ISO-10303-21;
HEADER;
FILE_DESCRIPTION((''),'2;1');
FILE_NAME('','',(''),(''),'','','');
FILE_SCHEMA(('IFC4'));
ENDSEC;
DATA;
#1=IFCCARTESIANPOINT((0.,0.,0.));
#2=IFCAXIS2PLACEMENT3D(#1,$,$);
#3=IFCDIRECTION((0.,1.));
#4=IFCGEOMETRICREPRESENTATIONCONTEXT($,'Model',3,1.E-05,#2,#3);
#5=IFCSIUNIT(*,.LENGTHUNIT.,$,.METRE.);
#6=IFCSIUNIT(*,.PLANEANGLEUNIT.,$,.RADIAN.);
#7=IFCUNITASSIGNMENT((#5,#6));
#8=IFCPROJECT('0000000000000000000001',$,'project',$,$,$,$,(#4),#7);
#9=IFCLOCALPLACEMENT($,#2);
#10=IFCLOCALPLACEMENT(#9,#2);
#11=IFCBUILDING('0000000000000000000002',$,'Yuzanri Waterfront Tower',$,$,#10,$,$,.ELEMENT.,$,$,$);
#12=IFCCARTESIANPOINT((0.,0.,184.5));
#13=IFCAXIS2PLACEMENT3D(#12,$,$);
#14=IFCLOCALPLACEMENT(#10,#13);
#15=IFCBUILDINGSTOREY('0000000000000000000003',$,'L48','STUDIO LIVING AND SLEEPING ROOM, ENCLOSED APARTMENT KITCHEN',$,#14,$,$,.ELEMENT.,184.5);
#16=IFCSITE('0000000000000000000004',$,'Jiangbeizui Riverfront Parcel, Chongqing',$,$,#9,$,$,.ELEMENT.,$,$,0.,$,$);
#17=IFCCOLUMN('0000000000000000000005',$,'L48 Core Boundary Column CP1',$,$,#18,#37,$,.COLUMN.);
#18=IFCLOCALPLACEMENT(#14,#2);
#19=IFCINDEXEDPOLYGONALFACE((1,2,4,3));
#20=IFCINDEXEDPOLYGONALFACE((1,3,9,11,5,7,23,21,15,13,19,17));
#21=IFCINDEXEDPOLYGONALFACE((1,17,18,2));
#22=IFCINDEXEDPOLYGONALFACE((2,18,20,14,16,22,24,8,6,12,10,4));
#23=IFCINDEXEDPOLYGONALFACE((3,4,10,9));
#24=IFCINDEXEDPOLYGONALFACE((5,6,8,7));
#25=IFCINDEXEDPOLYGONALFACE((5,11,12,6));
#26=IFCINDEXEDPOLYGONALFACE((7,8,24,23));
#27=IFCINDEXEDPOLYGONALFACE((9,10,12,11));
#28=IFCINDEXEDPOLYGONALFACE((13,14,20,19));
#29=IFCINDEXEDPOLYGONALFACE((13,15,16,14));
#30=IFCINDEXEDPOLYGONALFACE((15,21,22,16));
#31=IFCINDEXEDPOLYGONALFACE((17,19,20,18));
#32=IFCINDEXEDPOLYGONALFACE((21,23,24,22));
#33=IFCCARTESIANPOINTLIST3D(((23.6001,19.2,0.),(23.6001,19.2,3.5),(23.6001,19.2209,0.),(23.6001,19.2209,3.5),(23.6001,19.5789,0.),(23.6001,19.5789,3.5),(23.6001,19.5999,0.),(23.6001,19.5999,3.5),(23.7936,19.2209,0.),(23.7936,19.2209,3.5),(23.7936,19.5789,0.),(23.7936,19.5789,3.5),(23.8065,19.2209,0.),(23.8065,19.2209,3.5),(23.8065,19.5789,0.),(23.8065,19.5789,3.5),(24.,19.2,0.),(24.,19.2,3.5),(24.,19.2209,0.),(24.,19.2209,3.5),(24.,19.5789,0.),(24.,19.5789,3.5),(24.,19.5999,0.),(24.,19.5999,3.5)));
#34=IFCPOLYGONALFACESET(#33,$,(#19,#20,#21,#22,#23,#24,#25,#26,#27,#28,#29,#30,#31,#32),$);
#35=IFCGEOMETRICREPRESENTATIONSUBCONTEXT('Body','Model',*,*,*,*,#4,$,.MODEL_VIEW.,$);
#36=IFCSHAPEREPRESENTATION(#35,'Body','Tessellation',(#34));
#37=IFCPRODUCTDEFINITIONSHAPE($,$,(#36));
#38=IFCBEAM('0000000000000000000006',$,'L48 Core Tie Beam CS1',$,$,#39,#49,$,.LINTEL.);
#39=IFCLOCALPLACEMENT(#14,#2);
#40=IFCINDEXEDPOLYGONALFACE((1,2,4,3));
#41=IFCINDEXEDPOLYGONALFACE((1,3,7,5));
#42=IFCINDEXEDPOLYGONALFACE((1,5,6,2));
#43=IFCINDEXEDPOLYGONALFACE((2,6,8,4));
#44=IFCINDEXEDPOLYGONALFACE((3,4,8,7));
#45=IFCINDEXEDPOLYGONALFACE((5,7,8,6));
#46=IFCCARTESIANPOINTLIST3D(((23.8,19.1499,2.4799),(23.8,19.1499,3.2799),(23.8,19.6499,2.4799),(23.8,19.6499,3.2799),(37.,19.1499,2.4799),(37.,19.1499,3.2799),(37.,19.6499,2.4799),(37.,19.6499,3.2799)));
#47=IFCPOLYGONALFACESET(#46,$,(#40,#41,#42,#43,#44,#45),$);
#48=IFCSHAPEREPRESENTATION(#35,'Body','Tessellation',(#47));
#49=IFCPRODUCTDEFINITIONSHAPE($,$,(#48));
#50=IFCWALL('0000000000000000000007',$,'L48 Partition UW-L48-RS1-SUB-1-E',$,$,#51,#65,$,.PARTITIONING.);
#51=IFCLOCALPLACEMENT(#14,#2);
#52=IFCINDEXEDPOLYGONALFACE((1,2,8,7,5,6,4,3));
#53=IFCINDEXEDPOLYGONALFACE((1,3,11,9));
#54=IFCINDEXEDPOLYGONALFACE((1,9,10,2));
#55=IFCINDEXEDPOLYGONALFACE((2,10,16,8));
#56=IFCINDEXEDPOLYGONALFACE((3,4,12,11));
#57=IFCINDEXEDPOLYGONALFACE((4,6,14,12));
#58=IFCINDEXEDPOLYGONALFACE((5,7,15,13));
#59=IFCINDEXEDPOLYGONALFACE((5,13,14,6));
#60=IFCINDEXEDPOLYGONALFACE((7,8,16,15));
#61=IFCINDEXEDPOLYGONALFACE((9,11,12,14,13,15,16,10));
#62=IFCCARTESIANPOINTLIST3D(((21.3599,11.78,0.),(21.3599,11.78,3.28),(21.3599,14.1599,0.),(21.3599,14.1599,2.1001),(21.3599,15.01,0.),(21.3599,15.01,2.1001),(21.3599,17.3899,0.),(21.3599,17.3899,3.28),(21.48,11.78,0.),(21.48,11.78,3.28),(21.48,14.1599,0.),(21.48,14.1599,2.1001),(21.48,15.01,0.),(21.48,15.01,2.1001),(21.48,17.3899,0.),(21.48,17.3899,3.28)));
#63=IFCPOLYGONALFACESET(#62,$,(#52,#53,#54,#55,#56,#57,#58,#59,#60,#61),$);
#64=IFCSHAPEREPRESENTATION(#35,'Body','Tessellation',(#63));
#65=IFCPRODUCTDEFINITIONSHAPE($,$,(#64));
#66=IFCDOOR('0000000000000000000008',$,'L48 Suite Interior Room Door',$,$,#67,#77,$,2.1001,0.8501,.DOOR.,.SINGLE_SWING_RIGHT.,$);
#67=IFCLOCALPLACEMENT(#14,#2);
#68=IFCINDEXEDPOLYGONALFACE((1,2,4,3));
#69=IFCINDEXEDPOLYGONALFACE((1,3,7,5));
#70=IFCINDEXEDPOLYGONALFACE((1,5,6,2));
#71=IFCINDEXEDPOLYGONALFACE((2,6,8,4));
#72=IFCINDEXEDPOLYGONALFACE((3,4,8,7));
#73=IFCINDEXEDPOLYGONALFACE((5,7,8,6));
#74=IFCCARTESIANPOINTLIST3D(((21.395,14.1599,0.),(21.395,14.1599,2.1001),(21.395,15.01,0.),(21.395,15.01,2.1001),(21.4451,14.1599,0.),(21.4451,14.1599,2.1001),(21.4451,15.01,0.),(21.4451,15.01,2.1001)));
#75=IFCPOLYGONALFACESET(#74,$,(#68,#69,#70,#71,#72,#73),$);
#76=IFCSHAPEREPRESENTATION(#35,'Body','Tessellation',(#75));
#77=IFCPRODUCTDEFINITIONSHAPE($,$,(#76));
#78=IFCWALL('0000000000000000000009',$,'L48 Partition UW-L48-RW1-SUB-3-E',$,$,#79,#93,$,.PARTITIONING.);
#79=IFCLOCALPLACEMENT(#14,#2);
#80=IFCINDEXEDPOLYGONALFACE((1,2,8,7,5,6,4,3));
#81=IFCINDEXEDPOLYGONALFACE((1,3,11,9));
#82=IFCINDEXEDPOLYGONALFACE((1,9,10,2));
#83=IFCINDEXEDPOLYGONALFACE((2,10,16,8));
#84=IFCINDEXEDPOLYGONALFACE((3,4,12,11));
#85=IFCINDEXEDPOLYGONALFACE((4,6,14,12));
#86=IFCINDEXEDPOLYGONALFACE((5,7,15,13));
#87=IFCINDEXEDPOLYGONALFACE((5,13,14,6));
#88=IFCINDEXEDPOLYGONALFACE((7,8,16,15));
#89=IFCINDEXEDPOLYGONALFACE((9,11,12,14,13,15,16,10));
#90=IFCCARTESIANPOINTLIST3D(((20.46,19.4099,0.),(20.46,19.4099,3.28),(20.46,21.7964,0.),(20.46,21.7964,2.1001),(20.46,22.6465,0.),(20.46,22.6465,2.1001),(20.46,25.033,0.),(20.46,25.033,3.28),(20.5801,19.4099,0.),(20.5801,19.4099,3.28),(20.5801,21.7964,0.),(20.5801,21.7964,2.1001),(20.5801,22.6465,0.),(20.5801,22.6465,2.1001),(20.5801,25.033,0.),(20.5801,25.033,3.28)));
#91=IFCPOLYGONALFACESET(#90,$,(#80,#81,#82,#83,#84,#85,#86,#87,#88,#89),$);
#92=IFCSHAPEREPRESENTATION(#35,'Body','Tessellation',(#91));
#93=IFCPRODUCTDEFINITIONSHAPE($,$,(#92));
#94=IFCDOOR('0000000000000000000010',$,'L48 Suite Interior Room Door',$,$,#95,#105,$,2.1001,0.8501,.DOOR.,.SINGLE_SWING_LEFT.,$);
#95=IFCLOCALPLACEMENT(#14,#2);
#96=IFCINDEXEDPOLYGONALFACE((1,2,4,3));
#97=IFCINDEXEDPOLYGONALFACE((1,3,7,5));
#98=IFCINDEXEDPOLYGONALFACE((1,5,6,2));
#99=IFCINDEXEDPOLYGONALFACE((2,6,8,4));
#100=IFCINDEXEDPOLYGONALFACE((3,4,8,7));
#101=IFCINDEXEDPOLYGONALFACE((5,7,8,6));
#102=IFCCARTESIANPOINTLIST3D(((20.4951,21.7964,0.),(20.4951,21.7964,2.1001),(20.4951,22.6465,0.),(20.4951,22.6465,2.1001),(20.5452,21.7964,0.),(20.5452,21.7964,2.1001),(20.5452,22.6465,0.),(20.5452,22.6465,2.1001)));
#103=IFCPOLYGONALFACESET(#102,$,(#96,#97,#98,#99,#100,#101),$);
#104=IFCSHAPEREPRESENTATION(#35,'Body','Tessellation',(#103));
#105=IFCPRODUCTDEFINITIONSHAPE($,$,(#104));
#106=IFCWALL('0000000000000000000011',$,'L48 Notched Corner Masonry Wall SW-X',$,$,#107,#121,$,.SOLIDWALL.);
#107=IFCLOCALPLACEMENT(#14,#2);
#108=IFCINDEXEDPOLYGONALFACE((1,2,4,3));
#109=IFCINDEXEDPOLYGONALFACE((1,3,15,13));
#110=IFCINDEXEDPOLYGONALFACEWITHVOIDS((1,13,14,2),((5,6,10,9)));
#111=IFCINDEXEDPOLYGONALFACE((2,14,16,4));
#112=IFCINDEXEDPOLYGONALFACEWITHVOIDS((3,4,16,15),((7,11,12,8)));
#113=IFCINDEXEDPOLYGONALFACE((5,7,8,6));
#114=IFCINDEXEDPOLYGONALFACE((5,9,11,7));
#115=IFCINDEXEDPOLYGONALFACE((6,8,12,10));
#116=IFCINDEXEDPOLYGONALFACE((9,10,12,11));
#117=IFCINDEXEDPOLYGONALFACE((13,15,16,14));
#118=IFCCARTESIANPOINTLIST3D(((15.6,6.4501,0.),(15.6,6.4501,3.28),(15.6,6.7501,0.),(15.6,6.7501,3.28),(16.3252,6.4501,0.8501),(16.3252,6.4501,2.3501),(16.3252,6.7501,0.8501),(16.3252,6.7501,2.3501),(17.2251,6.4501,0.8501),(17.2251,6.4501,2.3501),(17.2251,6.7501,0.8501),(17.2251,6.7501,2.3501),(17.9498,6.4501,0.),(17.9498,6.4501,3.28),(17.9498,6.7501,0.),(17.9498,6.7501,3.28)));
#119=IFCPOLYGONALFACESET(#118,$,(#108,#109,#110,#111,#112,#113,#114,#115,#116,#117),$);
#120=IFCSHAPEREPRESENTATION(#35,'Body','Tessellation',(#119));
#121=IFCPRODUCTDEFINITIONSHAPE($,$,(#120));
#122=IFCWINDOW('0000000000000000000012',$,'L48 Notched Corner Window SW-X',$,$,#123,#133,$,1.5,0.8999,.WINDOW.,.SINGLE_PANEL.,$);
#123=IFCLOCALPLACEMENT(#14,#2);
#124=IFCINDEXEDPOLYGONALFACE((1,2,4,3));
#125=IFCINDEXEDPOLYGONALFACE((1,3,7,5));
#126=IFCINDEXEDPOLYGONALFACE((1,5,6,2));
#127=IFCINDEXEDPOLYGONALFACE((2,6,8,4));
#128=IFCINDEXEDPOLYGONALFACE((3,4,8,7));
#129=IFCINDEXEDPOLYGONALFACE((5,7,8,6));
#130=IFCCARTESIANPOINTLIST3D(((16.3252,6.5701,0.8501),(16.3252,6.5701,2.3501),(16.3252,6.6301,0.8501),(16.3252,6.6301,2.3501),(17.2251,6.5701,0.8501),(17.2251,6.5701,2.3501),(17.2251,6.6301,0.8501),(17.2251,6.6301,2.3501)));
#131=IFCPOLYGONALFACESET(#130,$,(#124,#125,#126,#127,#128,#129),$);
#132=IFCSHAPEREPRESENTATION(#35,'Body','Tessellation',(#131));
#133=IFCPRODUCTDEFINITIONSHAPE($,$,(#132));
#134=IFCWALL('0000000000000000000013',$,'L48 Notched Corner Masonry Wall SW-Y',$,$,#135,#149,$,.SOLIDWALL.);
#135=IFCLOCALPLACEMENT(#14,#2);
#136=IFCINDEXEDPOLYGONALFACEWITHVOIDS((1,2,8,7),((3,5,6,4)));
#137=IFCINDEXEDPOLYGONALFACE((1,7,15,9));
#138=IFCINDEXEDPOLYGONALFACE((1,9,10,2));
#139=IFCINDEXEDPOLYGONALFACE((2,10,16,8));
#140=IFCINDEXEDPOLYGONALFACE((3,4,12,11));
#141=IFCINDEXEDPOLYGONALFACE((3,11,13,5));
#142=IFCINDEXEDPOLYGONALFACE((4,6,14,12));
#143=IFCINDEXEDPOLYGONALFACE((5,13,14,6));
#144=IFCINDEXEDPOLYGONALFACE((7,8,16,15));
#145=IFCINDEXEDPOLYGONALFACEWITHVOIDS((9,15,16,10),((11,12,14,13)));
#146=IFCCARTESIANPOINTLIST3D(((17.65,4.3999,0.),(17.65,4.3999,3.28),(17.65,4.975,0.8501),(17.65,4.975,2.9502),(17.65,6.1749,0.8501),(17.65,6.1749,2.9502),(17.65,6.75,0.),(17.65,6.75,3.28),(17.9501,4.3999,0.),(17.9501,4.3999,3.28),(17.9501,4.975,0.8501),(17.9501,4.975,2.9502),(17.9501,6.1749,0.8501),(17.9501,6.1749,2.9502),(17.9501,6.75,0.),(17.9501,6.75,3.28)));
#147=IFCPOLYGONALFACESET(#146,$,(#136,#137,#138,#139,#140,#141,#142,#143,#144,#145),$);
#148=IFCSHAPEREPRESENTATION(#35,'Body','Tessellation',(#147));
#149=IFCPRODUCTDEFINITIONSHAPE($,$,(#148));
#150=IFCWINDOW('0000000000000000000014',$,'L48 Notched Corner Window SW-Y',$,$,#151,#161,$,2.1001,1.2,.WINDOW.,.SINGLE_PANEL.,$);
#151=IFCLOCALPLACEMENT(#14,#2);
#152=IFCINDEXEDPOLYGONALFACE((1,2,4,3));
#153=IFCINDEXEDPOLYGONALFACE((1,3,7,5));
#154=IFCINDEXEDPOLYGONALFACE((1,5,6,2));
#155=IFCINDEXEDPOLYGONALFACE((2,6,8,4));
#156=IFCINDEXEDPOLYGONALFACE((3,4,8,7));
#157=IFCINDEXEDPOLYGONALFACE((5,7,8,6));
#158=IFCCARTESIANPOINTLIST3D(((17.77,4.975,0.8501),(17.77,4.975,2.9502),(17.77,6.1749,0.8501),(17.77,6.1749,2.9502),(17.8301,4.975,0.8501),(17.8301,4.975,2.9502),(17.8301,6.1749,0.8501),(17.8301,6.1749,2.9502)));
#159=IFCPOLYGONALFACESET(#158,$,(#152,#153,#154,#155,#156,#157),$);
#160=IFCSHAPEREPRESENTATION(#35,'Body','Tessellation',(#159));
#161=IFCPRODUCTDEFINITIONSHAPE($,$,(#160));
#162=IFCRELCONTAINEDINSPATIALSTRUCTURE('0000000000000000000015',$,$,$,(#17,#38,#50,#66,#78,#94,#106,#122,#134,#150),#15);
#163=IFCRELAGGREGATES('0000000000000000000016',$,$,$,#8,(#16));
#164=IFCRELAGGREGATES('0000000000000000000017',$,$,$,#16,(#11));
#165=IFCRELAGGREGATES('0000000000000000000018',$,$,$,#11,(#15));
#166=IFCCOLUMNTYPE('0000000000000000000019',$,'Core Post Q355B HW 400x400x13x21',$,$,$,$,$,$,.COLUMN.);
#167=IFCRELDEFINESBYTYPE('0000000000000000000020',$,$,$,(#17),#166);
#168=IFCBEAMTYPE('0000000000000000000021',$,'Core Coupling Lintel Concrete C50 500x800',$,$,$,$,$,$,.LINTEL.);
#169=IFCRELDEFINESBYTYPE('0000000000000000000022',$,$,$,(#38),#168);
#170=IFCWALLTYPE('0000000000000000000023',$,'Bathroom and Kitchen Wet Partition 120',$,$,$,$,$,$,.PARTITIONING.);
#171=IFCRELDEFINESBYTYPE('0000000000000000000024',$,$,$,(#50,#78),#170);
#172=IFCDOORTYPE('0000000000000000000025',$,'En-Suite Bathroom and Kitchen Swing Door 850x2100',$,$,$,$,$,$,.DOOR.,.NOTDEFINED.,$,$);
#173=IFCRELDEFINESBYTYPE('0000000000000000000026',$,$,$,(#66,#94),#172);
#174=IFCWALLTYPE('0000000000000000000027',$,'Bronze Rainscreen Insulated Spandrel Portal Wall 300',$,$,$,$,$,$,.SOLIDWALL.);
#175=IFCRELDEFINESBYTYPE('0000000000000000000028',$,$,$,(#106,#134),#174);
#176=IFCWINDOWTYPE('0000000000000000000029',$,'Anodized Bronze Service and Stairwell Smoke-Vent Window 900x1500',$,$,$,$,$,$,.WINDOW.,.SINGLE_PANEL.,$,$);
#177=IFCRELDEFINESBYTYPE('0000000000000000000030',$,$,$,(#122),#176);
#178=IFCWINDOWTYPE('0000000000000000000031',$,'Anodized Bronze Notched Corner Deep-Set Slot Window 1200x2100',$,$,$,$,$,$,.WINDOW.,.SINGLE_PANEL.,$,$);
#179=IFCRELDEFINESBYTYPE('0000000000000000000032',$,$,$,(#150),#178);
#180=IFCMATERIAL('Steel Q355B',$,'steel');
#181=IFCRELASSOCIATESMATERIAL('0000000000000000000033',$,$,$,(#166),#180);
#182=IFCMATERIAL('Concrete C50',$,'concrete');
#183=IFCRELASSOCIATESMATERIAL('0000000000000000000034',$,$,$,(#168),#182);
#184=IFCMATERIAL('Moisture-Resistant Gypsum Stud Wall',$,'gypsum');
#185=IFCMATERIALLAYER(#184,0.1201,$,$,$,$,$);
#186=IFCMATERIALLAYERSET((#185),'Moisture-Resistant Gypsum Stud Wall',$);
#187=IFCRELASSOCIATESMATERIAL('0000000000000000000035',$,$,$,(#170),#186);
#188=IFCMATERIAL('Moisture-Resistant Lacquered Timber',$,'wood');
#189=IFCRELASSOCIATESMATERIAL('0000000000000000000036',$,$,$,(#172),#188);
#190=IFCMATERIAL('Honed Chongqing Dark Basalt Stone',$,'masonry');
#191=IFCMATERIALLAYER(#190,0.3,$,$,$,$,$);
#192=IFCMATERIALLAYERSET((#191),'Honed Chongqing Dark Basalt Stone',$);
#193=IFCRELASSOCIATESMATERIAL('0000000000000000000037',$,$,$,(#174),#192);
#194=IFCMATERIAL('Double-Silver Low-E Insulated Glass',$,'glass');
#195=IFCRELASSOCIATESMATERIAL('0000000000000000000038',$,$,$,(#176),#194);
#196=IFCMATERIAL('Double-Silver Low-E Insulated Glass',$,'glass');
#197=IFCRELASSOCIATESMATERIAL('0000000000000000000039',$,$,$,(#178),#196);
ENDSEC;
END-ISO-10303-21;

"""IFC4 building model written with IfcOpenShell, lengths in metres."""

from ifc_helpers import new_model, si_unit, direction, frame, frame_2d, origin, origin_2d, place, context, subcontext, project, spatial, rectangle, i_section, extrude, source, transform, mapped, material, layer, layer_set, material_profile, profile_set, type_object, element, fill, save


model = new_model("IFC4")

# Units and contexts
model_context = context("Model", 3, precision=1e-05, world=origin(), true_north=direction((0.0, 1.0)))
body_context = subcontext(model_context, "Body", "Model", "MODEL_VIEW")
ifc_project = project(units=[si_unit("LENGTHUNIT", "METRE"), si_unit("PLANEANGLEUNIT", "RADIAN")], contexts=[model_context])

# Site, building, storey
site_placement = place(None, origin())
site = spatial("IfcSite", under=ifc_project, at=site_placement, Name="Jiangbeizui Riverfront Parcel, Chongqing", CompositionType="ELEMENT", RefElevation=0.0)
building_placement = place(site_placement, origin())
building = spatial("IfcBuilding", under=site, at=building_placement, Name="Yuzanri Waterfront Tower", CompositionType="ELEMENT")
storey_placement = place(building_placement, frame((0.0, 0.0, 184.5)))
storey = spatial("IfcBuildingStorey", under=building, at=storey_placement, Name="L48", Description="STUDIO LIVING AND SLEEPING ROOM, ENCLOSED APARTMENT KITCHEN", CompositionType="ELEMENT", Elevation=184.5)

# Column
ifc_material_1 = material(Name="Steel Q355B", Category="steel")
ifc_material_profile_1 = material_profile(ifc_material_1, i_section(OverallWidth=0.3999, OverallDepth=0.3999, WebThickness=0.0129, FlangeThickness=0.021, at=origin_2d()), Name="HW 400x400x13x21")
ifc_profile_set_1 = profile_set([ifc_material_profile_1], Name="Steel Q355B")
column_type = type_object("IfcColumnType", Name="Core Post Q355B HW 400x400x13x21", PredefinedType="COLUMN", material=ifc_profile_set_1)
shared_shape_1 = source(origin(), body_context, "Body", "SweptSolid", [
    extrude(i_section(OverallWidth=0.3999, OverallDepth=0.3999, WebThickness=0.0129, FlangeThickness=0.021, at=origin_2d()), origin(), (0.0, 0.0, 1.0), 3.5),
])
column_placement = place(storey_placement, frame((23.8, 19.3999, 0.0), z_axis=(0.0, 0.0, 1.0), x_axis=(1.0, 0.0, 0.0)))
element("IfcColumn", 1, at=column_placement, inside=storey, type_object=column_type, Name="L48 Core Boundary Column CP1", PredefinedType="COLUMN", context=body_context, shape_type="MappedRepresentation", body=[
    mapped(shared_shape_1, transform((0.0, 0.0, 0.0), scale=1.0)),
])

# Beam
ifc_material_2 = material(Name="Concrete C50", Category="concrete")
ifc_material_profile_2 = material_profile(ifc_material_2, rectangle(XDim=0.5, YDim=0.8, at=origin_2d()), Name="RC 500x800")
ifc_profile_set_2 = profile_set([ifc_material_profile_2], Name="Concrete C50")
beam_type = type_object("IfcBeamType", Name="Core Coupling Lintel Concrete C50 500x800", PredefinedType="LINTEL", material=ifc_profile_set_2)
shared_shape_2 = source(origin(), body_context, "Body", "SweptSolid", [
    extrude(rectangle(XDim=0.5, YDim=0.8, at=origin_2d()), origin(), (0.0, 0.0, 1.0), 13.2),
])
beam_placement = place(storey_placement, frame((23.8, 19.3999, 2.8799), z_axis=(1.0, 0.0, 0.0), x_axis=(0.0, 1.0, 0.0)))
element("IfcBeam", 2, at=beam_placement, inside=storey, type_object=beam_type, Name="L48 Core Tie Beam CS1", PredefinedType="LINTEL", context=body_context, shape_type="MappedRepresentation", body=[
    mapped(shared_shape_2, transform((0.0, 0.0, 0.0), scale=1.0)),
])

# Walls, openings, doors
ifc_material_3 = material(Name="Moisture-Resistant Gypsum Stud Wall", Category="gypsum")
ifc_layer_1 = layer(ifc_material_3, 0.1201)
ifc_layer_set_1 = layer_set([ifc_layer_1], Name="Moisture-Resistant Gypsum Stud Wall")
wall_type_1 = type_object("IfcWallType", Name="Bathroom and Kitchen Wet Partition 120", PredefinedType="PARTITIONING", material=ifc_layer_set_1)
wall_1_placement = place(storey_placement, frame((21.4199, 11.78, 0.0), z_axis=(0.0, 0.0, 1.0), x_axis=(0.0, 1.0, 0.0)))
wall_1 = element("IfcWall", 3, at=wall_1_placement, inside=storey, type_object=wall_type_1, Name="L48 Partition UW-L48-RS1-SUB-1-E", PredefinedType="PARTITIONING", context=body_context, shape_type="SweptSolid", body=[
    extrude(rectangle(XDim=5.6099, YDim=0.1201, at=frame_2d((2.8049, 0.0))), origin(), (0.0, 0.0, 1.0), 3.28),
])
opening_1_placement = place(wall_1_placement, frame((2.3799, 0.0, 0.0)))
opening_1 = element("IfcOpeningElement", 4, at=opening_1_placement, cuts=wall_1, PredefinedType="OPENING", context=body_context, shape_type="SweptSolid", body=[
    extrude(rectangle(XDim=0.8501, YDim=2.1001, at=frame_2d((0.425, 1.05))), frame((0.0, 0.075, 0.0), z_axis=(0.0, -1.0, 0.0), x_axis=(1.0, 0.0, 0.0)), (0.0, 0.0, 1.0), 0.1499),
])
ifc_material_4 = material(Name="Moisture-Resistant Lacquered Timber", Category="wood")
door_type_1 = type_object("IfcDoorType", Name="En-Suite Bathroom and Kitchen Swing Door 850x2100", OperationType="NOTDEFINED", PredefinedType="DOOR", material=ifc_material_4)
shared_shape_3 = source(origin(), body_context, "Body", "SweptSolid", [
    extrude(rectangle(XDim=0.8501, YDim=2.1001, at=frame_2d((0.425, 1.05))), frame((0.0, 0.0249, 0.0), z_axis=(0.0, -1.0, 0.0), x_axis=(1.0, 0.0, 0.0)), (0.0, 0.0, 1.0), 0.05),
])
door_1_placement = place(opening_1_placement, origin())
door_1 = element("IfcDoor", 5, at=door_1_placement, inside=storey, type_object=door_type_1, Name="L48 Suite Interior Room Door", OperationType="SINGLE_SWING_RIGHT", OverallHeight=2.1001, OverallWidth=0.8501, PredefinedType="DOOR", context=body_context, shape_type="MappedRepresentation", body=[
    mapped(shared_shape_3, transform((0.0, 0.0, 0.0), scale=1.0)),
])
fill(opening_1, door_1)
wall_2_placement = place(storey_placement, frame((20.52, 19.4099, 0.0), z_axis=(0.0, 0.0, 1.0), x_axis=(0.0, 1.0, 0.0)))
wall_2 = element("IfcWall", 6, at=wall_2_placement, inside=storey, type_object=wall_type_1, Name="L48 Partition UW-L48-RW1-SUB-3-E", PredefinedType="PARTITIONING", context=body_context, shape_type="SweptSolid", body=[
    extrude(rectangle(XDim=5.623, YDim=0.1201, at=frame_2d((2.8115, 0.0))), origin(), (0.0, 0.0, 1.0), 3.28),
])
opening_2_placement = place(wall_2_placement, frame((2.3865, 0.0, 0.0)))
opening_2 = element("IfcOpeningElement", 7, at=opening_2_placement, cuts=wall_2, PredefinedType="OPENING", context=body_context, shape_type="SweptSolid", body=[
    extrude(rectangle(XDim=0.8501, YDim=2.1001, at=frame_2d((0.425, 1.05))), frame((0.0, 0.075, 0.0), z_axis=(0.0, -1.0, 0.0), x_axis=(1.0, 0.0, 0.0)), (0.0, 0.0, 1.0), 0.1499),
])
door_2_placement = place(opening_2_placement, origin())
door_2 = element("IfcDoor", 8, at=door_2_placement, inside=storey, type_object=door_type_1, Name="L48 Suite Interior Room Door", OperationType="SINGLE_SWING_LEFT", OverallHeight=2.1001, OverallWidth=0.8501, PredefinedType="DOOR", context=body_context, shape_type="MappedRepresentation", body=[
    mapped(shared_shape_3, transform((0.0, 0.0, 0.0), scale=1.0)),
])
fill(opening_2, door_2)

# Walls, openings, windows
ifc_material_5 = material(Name="Honed Chongqing Dark Basalt Stone", Category="masonry")
ifc_layer_2 = layer(ifc_material_5, 0.3)
ifc_layer_set_2 = layer_set([ifc_layer_2], Name="Honed Chongqing Dark Basalt Stone")
wall_type_2 = type_object("IfcWallType", Name="Bronze Rainscreen Insulated Spandrel Portal Wall 300", PredefinedType="SOLIDWALL", material=ifc_layer_set_2)
wall_3_placement = place(storey_placement, frame((15.6001, 6.6001, 0.0), z_axis=(0.0, 0.0, 1.0), x_axis=(1.0, 0.0, 0.0)))
wall_3 = element("IfcWall", 9, at=wall_3_placement, inside=storey, type_object=wall_type_2, Name="L48 Notched Corner Masonry Wall SW-X", PredefinedType="SOLIDWALL", context=body_context, shape_type="SweptSolid", body=[
    extrude(rectangle(XDim=2.3499, YDim=0.3, at=frame_2d((1.1748, 0.0))), origin(), (0.0, 0.0, 1.0), 3.28),
])
opening_3_placement = place(wall_3_placement, frame((0.7251, 0.0, 0.8501)))
opening_3 = element("IfcOpeningElement", 10, at=opening_3_placement, cuts=wall_3, PredefinedType="OPENING", context=body_context, shape_type="SweptSolid", body=[
    extrude(rectangle(XDim=0.8999, YDim=1.5, at=frame_2d((0.45, 0.75))), frame((0.0, 0.165, 0.0), z_axis=(0.0, -1.0, 0.0), x_axis=(1.0, 0.0, 0.0)), (0.0, 0.0, 1.0), 0.3298),
])
ifc_material_6 = material(Name="Double-Silver Low-E Insulated Glass", Category="glass")
window_type_1 = type_object("IfcWindowType", Name="Anodized Bronze Service and Stairwell Smoke-Vent Window 900x1500", PartitioningType="SINGLE_PANEL", PredefinedType="WINDOW", material=ifc_material_6)
shared_shape_4 = source(origin(), body_context, "Body", "SweptSolid", [
    extrude(rectangle(XDim=0.8999, YDim=1.5, at=frame_2d((0.45, 0.75))), frame((0.0, 0.03, 0.0), z_axis=(0.0, -1.0, 0.0), x_axis=(1.0, 0.0, 0.0)), (0.0, 0.0, 1.0), 0.0601),
])
window_1_placement = place(opening_3_placement, origin())
window_1 = element("IfcWindow", 11, at=window_1_placement, inside=storey, type_object=window_type_1, Name="L48 Notched Corner Window SW-X", OverallHeight=1.5, OverallWidth=0.8999, PartitioningType="SINGLE_PANEL", PredefinedType="WINDOW", context=body_context, shape_type="MappedRepresentation", body=[
    mapped(shared_shape_4, transform((0.0, 0.0, 0.0), scale=1.0)),
])
fill(opening_3, window_1)
wall_4_placement = place(storey_placement, frame((17.8, 6.75, 0.0), z_axis=(0.0, 0.0, 1.0), x_axis=(0.0, -1.0, 0.0)))
wall_4 = element("IfcWall", 12, at=wall_4_placement, inside=storey, type_object=wall_type_2, Name="L48 Notched Corner Masonry Wall SW-Y", PredefinedType="SOLIDWALL", context=body_context, shape_type="SweptSolid", body=[
    extrude(rectangle(XDim=2.3501, YDim=0.3, at=frame_2d((1.175, 0.0))), origin(), (0.0, 0.0, 1.0), 3.28),
])
opening_4_placement = place(wall_4_placement, frame((0.575, 0.0, 0.8501)))
opening_4 = element("IfcOpeningElement", 13, at=opening_4_placement, cuts=wall_4, PredefinedType="OPENING", context=body_context, shape_type="SweptSolid", body=[
    extrude(rectangle(XDim=1.2, YDim=2.1001, at=frame_2d((0.6001, 1.05))), frame((0.0, 0.165, 0.0), z_axis=(0.0, -1.0, 0.0), x_axis=(1.0, 0.0, 0.0)), (0.0, 0.0, 1.0), 0.3298),
])
ifc_material_7 = material(Name="Double-Silver Low-E Insulated Glass", Category="glass")
window_type_2 = type_object("IfcWindowType", Name="Anodized Bronze Notched Corner Deep-Set Slot Window 1200x2100", PartitioningType="SINGLE_PANEL", PredefinedType="WINDOW", material=ifc_material_7)
shared_shape_5 = source(origin(), body_context, "Body", "SweptSolid", [
    extrude(rectangle(XDim=1.2, YDim=2.1001, at=frame_2d((0.6001, 1.05))), frame((0.0, 0.03, 0.0), z_axis=(0.0, -1.0, 0.0), x_axis=(1.0, 0.0, 0.0)), (0.0, 0.0, 1.0), 0.0601),
])
window_2_placement = place(opening_4_placement, origin())
window_2 = element("IfcWindow", 14, at=window_2_placement, inside=storey, type_object=window_type_2, Name="L48 Notched Corner Window SW-Y", OverallHeight=2.1001, OverallWidth=1.2, PartitioningType="SINGLE_PANEL", PredefinedType="WINDOW", context=body_context, shape_type="MappedRepresentation", body=[
    mapped(shared_shape_5, transform((0.0, 0.0, 0.0), scale=1.0)),
])
fill(opening_4, window_2)

save(model, "model.ifc")
